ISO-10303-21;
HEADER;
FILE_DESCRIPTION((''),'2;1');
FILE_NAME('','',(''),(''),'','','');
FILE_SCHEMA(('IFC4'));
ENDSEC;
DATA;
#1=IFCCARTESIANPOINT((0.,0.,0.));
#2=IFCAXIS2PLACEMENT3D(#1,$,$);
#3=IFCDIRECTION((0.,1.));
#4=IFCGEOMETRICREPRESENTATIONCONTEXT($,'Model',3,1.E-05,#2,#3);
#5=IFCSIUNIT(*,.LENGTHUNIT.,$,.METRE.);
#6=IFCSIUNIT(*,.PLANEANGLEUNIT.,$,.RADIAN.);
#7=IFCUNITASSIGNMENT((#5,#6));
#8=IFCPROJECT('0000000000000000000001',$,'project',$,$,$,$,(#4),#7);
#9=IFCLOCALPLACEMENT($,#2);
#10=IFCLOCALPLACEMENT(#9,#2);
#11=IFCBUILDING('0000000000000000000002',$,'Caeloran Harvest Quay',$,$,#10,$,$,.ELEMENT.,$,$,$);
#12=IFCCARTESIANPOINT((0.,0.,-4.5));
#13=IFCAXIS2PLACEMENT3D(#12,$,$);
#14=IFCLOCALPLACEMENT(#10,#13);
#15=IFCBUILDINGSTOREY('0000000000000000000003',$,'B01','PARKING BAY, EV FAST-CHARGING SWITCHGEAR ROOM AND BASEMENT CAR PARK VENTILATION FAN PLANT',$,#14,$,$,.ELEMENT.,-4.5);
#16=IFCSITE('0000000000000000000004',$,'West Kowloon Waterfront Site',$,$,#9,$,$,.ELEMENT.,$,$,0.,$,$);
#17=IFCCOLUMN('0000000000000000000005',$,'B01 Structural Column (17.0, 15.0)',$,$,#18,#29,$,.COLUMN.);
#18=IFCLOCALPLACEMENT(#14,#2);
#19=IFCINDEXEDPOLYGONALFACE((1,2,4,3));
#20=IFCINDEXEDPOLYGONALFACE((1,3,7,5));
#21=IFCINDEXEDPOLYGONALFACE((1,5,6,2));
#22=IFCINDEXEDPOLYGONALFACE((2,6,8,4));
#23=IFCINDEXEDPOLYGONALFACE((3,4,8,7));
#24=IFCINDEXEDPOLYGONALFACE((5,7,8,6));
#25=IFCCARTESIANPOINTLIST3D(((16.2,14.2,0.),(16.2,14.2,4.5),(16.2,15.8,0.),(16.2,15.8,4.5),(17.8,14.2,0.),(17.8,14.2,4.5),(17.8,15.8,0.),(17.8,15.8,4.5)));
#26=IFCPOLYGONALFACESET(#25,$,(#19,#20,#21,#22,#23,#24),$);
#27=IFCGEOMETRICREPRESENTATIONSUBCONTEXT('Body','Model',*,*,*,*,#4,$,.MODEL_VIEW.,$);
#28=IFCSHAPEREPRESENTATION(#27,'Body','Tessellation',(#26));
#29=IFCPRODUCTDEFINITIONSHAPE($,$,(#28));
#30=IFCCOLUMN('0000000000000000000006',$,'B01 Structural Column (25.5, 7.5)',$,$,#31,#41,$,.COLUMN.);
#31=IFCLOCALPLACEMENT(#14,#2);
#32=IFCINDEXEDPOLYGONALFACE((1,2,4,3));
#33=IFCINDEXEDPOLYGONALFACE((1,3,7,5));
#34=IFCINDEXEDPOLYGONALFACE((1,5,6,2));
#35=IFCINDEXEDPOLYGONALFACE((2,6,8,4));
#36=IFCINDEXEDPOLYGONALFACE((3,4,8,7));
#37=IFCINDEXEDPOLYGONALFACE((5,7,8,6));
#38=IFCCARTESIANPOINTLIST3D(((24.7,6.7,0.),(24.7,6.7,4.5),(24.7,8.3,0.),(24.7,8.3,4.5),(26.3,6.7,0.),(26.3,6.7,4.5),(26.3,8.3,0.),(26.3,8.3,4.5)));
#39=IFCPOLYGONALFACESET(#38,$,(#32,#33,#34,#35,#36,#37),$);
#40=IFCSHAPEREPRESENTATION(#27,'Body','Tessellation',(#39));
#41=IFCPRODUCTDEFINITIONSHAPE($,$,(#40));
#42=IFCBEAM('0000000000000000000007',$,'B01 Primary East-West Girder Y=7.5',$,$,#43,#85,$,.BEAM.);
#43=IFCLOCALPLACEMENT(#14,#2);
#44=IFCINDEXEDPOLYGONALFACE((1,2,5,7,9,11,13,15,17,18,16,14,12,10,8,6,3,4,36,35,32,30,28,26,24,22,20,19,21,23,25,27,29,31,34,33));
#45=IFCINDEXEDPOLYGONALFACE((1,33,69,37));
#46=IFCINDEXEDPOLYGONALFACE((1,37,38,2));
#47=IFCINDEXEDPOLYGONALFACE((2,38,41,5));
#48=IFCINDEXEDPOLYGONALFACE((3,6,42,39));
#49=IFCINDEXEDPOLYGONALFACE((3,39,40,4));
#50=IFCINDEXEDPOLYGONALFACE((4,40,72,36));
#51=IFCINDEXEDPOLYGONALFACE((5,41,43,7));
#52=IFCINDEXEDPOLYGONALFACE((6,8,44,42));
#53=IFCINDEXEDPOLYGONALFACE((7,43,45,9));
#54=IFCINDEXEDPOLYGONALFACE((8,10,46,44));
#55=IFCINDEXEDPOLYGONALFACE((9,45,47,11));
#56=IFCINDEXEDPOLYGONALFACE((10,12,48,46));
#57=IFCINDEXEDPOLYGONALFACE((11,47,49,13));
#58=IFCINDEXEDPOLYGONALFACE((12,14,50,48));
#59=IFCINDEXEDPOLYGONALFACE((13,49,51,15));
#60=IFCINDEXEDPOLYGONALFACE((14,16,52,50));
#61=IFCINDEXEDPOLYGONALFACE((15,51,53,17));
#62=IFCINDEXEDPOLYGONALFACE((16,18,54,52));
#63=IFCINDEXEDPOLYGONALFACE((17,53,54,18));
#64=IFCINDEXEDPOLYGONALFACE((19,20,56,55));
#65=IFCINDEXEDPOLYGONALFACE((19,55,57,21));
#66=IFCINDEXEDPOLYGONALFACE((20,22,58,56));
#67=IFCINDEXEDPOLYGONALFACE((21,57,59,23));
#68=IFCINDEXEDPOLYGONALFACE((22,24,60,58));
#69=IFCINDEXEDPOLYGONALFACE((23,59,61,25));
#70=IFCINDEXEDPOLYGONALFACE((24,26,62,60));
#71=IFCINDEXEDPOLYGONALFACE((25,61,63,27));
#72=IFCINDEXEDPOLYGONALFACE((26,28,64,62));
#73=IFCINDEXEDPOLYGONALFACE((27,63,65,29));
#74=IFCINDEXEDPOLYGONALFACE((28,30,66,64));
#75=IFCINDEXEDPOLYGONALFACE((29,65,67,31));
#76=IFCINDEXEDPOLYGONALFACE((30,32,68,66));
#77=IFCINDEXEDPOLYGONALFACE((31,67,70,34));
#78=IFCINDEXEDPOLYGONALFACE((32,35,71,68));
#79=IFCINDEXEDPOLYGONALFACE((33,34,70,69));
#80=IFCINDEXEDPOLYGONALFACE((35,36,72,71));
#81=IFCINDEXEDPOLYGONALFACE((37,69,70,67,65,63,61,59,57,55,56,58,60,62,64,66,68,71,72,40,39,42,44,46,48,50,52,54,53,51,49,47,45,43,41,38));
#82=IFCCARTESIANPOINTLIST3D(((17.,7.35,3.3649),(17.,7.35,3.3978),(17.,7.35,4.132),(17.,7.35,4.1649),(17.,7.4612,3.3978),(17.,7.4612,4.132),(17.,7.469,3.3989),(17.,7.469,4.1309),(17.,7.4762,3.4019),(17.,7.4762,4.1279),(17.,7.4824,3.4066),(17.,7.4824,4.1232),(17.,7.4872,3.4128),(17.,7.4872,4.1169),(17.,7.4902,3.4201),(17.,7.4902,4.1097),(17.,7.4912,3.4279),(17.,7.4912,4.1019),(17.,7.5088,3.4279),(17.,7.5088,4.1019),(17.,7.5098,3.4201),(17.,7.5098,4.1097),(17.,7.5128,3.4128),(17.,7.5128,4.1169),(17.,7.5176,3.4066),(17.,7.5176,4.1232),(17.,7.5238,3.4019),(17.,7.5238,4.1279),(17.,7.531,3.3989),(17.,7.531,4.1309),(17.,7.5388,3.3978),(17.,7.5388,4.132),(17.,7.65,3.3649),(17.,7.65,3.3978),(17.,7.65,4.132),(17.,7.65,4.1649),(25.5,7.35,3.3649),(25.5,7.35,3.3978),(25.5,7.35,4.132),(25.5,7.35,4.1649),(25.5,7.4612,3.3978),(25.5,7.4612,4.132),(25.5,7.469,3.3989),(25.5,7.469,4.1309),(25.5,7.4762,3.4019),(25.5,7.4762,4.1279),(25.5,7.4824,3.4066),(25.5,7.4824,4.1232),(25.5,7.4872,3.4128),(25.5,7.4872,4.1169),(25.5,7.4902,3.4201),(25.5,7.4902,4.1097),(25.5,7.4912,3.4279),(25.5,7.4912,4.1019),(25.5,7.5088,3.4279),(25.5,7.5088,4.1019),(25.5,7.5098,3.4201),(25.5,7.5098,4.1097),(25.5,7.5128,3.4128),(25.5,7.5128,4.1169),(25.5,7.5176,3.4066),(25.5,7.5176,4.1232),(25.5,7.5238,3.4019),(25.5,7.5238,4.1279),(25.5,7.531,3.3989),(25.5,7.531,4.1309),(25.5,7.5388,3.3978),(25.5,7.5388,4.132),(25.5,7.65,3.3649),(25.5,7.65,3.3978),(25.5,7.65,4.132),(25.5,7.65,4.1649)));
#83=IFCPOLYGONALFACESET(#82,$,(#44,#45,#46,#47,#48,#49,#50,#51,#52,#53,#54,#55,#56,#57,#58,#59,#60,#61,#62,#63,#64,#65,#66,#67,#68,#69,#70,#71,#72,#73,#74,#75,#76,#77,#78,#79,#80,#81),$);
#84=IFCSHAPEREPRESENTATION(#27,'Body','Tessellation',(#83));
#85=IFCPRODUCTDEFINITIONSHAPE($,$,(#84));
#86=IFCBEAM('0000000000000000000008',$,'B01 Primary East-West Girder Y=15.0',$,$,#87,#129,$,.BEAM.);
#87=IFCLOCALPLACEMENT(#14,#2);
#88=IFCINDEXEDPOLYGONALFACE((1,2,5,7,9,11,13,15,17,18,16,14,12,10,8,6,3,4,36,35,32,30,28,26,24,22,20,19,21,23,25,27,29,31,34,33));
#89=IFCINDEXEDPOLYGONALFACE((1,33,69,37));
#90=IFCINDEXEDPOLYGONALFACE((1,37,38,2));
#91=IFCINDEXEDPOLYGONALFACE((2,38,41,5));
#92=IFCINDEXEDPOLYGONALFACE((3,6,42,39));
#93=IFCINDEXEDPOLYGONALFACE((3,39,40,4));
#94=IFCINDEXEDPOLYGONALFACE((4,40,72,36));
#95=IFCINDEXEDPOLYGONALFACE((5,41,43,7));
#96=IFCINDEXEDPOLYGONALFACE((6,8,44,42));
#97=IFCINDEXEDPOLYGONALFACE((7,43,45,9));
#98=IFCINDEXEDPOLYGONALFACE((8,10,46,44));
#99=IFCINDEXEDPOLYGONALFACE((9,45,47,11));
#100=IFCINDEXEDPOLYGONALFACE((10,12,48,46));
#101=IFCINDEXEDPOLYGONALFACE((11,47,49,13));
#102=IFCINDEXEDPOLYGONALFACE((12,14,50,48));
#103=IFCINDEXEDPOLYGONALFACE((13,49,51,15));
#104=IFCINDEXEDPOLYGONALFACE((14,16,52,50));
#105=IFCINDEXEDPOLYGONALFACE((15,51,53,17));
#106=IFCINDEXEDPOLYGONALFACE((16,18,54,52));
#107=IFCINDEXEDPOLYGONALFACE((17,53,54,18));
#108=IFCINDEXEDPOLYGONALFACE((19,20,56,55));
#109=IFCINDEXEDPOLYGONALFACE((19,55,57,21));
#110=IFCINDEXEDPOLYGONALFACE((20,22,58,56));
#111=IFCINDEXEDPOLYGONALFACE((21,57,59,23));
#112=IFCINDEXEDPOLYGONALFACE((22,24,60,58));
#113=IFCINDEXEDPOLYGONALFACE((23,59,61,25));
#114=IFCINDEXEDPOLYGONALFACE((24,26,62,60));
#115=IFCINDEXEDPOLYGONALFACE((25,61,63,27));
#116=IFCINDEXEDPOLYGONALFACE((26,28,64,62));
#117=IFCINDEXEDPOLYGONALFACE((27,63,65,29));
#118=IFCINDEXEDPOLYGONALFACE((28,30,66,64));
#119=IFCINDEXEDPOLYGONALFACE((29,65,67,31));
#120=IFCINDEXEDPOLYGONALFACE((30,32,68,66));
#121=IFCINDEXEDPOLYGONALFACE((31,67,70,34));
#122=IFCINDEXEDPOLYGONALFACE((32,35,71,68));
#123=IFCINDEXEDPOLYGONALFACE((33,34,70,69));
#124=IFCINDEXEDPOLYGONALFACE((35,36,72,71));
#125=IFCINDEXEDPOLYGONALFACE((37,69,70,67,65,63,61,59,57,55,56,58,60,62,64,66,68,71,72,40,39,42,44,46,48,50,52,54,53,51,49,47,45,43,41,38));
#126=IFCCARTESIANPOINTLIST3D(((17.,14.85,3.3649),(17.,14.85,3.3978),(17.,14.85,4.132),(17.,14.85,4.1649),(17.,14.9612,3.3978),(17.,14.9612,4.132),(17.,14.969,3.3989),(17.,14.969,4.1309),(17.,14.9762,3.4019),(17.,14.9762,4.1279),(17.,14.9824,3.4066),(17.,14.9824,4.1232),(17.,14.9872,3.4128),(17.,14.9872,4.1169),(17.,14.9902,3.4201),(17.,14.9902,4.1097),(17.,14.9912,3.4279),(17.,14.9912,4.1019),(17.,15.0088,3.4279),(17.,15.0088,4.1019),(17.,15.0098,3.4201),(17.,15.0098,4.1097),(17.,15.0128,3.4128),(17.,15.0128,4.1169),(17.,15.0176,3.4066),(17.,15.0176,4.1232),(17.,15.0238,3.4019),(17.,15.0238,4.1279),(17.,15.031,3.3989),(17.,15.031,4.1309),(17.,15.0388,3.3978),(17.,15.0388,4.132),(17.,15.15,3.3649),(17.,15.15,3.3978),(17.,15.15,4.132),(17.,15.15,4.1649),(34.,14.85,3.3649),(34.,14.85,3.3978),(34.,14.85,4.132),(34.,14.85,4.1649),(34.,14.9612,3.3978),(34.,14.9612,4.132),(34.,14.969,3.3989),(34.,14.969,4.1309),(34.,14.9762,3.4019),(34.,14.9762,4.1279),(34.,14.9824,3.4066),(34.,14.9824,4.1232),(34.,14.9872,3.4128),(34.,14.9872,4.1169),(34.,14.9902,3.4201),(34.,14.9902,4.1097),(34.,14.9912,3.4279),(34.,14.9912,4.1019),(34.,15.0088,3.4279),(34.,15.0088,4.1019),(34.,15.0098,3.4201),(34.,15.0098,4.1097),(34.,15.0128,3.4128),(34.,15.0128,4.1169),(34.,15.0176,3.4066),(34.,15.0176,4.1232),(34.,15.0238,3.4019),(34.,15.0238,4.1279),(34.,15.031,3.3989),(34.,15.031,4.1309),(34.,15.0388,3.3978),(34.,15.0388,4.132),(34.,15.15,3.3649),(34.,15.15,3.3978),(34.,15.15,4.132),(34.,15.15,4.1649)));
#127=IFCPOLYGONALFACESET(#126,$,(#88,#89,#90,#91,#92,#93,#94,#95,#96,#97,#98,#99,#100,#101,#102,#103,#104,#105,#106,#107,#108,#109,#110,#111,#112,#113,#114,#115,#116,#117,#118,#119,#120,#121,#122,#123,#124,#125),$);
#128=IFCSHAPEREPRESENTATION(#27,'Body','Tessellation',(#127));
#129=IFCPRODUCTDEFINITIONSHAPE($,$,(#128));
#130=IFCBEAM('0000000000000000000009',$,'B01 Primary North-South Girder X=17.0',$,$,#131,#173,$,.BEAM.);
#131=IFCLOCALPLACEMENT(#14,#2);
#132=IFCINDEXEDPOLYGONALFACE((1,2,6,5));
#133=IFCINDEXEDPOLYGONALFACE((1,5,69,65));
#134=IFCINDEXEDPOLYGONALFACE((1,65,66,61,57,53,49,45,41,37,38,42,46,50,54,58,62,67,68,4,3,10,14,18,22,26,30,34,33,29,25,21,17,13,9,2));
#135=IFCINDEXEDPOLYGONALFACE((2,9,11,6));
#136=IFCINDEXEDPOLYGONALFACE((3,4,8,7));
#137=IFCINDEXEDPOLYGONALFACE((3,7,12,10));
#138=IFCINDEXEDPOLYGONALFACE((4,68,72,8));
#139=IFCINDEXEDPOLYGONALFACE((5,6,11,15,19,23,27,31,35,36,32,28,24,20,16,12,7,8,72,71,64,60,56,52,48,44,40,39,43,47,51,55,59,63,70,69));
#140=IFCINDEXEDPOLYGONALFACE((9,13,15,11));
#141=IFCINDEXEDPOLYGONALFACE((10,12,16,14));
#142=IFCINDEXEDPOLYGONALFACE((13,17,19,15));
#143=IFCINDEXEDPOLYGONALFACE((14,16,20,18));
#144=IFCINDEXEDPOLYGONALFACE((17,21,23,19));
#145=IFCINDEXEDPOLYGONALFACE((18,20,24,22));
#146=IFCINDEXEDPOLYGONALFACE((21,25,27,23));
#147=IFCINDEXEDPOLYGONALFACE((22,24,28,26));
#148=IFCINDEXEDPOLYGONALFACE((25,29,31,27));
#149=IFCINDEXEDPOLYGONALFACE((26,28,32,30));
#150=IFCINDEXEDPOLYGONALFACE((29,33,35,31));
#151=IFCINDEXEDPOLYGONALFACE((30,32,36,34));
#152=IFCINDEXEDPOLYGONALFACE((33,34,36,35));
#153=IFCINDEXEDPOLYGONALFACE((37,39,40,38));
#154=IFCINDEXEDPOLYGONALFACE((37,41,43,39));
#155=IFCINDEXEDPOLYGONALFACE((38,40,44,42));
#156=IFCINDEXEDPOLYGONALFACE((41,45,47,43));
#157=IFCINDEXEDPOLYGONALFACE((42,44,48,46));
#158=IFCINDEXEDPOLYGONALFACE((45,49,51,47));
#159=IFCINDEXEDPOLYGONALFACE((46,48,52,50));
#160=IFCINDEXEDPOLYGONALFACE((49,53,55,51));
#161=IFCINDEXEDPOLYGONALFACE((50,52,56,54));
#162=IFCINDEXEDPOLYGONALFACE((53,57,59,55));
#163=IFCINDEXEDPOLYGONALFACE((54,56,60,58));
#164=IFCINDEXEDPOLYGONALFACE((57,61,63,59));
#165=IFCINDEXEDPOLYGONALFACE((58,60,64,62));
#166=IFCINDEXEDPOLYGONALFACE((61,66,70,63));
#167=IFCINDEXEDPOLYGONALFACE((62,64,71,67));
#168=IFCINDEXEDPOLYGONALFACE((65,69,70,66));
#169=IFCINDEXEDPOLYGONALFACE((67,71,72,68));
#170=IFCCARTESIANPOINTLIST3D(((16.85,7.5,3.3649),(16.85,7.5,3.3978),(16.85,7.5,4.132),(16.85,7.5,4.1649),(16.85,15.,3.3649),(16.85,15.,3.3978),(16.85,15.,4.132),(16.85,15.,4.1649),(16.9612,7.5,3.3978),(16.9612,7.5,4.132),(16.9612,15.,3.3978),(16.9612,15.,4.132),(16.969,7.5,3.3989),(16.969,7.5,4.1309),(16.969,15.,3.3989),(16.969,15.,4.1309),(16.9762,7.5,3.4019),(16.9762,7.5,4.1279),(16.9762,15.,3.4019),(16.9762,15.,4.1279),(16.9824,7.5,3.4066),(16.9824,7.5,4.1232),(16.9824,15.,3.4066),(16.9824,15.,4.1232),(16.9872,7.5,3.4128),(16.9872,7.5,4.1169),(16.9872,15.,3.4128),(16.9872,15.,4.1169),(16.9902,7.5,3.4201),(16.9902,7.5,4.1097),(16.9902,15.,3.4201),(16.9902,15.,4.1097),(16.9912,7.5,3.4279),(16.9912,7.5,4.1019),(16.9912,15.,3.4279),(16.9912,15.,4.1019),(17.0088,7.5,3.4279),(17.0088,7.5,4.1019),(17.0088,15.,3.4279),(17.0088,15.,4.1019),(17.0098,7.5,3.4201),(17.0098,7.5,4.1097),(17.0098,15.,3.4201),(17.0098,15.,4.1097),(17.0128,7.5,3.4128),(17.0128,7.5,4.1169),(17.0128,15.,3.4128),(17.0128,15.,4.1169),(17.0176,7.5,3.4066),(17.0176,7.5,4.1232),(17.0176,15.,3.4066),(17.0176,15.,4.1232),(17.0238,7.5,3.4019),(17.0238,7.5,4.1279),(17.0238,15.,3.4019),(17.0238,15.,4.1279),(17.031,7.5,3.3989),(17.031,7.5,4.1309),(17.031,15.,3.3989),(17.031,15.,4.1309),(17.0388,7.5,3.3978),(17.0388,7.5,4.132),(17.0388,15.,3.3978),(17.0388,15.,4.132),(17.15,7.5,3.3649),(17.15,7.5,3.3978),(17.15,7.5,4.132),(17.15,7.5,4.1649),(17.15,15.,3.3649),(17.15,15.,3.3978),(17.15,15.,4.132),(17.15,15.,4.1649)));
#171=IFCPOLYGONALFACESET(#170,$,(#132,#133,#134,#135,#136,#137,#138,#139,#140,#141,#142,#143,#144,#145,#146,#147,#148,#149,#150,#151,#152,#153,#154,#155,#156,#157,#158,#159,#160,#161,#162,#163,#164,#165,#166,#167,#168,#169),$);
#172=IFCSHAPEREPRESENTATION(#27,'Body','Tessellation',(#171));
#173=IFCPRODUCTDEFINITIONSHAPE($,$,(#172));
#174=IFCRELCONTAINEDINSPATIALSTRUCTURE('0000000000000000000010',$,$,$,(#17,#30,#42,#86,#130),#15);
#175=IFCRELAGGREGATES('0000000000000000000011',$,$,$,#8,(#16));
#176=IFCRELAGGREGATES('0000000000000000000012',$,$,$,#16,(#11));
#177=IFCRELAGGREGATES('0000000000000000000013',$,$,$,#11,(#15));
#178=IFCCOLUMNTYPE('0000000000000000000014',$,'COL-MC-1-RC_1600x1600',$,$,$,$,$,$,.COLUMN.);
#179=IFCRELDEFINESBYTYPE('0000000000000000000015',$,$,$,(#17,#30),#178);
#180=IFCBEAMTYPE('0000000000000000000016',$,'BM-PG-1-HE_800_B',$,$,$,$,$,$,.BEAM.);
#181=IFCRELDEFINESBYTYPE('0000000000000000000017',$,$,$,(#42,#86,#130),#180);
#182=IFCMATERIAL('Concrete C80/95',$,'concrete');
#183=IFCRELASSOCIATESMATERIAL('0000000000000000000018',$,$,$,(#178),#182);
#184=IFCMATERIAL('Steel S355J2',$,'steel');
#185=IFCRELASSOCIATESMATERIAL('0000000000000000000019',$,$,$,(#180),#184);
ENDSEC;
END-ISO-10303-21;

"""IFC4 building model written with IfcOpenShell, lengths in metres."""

from ifc_helpers import new_model, si_unit, direction, frame, origin, origin_2d, place, context, subcontext, project, spatial, rectangle, i_section, extrude, material, material_profile, profile_set, type_object, element, save


model = new_model("IFC4")

# Units and contexts
model_context = context("Model", 3, precision=1e-05, world=origin(), true_north=direction((0.0, 1.0)))
body_context = subcontext(model_context, "Body", "Model", "MODEL_VIEW")
ifc_project = project(units=[si_unit("LENGTHUNIT", "METRE"), si_unit("PLANEANGLEUNIT", "RADIAN")], contexts=[model_context])

# Site, building, storey
site_placement = place(None, origin())
site = spatial("IfcSite", under=ifc_project, at=site_placement, Name="West Kowloon Waterfront Site", CompositionType="ELEMENT", RefElevation=0.0)
building_placement = place(site_placement, origin())
building = spatial("IfcBuilding", under=site, at=building_placement, Name="Caeloran Harvest Quay", CompositionType="ELEMENT")
storey_placement = place(building_placement, frame((0.0, 0.0, -4.5)))
storey = spatial("IfcBuildingStorey", under=building, at=storey_placement, Name="B01", Description="PARKING BAY, EV FAST-CHARGING SWITCHGEAR ROOM AND BASEMENT CAR PARK VENTILATION FAN PLANT", CompositionType="ELEMENT", Elevation=-4.5)

# Columns
ifc_material_1 = material(Name="Concrete C80/95", Category="concrete")
ifc_material_profile_1 = material_profile(ifc_material_1, rectangle(XDim=1.6001, YDim=1.6001, at=origin_2d()), Name="RC 1600x1600")
ifc_profile_set_1 = profile_set([ifc_material_profile_1], Name="Concrete C80/95")
column_type = type_object("IfcColumnType", Name="COL-MC-1-RC_1600x1600", PredefinedType="COLUMN", material=ifc_profile_set_1)
for number, where, z_axis, x_axis, name in (
    (1, (17.0, 15.0, 0.0), (0.0, 0.0, 1.0), (1.0, 0.0, 0.0), "B01 Structural Column (17.0, 15.0)"),
    (2, (25.5, 7.5, 0.0), (0.0, 0.0, 1.0), (1.0, 0.0, 0.0), "B01 Structural Column (25.5, 7.5)"),
):
    element("IfcColumn", number, at=place(storey_placement, frame(where, z_axis=z_axis, x_axis=x_axis)), inside=storey, type_object=column_type, Name=name, PredefinedType="COLUMN", context=body_context, shape_type="SweptSolid", body=[
        extrude(rectangle(XDim=1.6001, YDim=1.6001, at=origin_2d()), origin(), (0.0, 0.0, 1.0), 4.5),
    ])

# Beams
ifc_material_2 = material(Name="Steel S355J2", Category="steel")
ifc_material_profile_2 = material_profile(ifc_material_2, i_section(OverallWidth=0.3, OverallDepth=0.8, WebThickness=0.0176, FlangeThickness=0.033, FilletRadius=0.03, at=origin_2d()), Name="HE 800 B")
ifc_profile_set_2 = profile_set([ifc_material_profile_2], Name="Steel S355J2")
beam_type_1 = type_object("IfcBeamType", Name="BM-PG-1-HE_800_B", PredefinedType="BEAM", material=ifc_profile_set_2)
beam_1_placement = place(storey_placement, frame((17.0, 7.5, 3.7649), z_axis=(1.0, 0.0, 0.0), x_axis=(0.0, 1.0, 0.0)))
element("IfcBeam", 3, at=beam_1_placement, inside=storey, type_object=beam_type_1, Name="B01 Primary East-West Girder Y=7.5", PredefinedType="BEAM", context=body_context, shape_type="SweptSolid", body=[
    extrude(i_section(OverallWidth=0.3, OverallDepth=0.8, WebThickness=0.0176, FlangeThickness=0.033, FilletRadius=0.03, at=origin_2d()), origin(), (0.0, 0.0, 1.0), 8.5),
])
beam_2_placement = place(storey_placement, frame((17.0, 15.0, 3.7649), z_axis=(1.0, 0.0, 0.0), x_axis=(0.0, 1.0, 0.0)))
element("IfcBeam", 4, at=beam_2_placement, inside=storey, type_object=beam_type_1, Name="B01 Primary East-West Girder Y=15.0", PredefinedType="BEAM", context=body_context, shape_type="SweptSolid", body=[
    extrude(i_section(OverallWidth=0.3, OverallDepth=0.8, WebThickness=0.0176, FlangeThickness=0.033, FilletRadius=0.03, at=origin_2d()), origin(), (0.0, 0.0, 1.0), 17.0),
])
beam_3_placement = place(storey_placement, frame((17.0, 7.5, 3.7649), z_axis=(0.0, 1.0, 0.0), x_axis=(-1.0, 0.0, 0.0)))
element("IfcBeam", 5, at=beam_3_placement, inside=storey, type_object=beam_type_1, Name="B01 Primary North-South Girder X=17.0", PredefinedType="BEAM", context=body_context, shape_type="SweptSolid", body=[
    extrude(i_section(OverallWidth=0.3, OverallDepth=0.8, WebThickness=0.0176, FlangeThickness=0.033, FilletRadius=0.03, at=origin_2d()), origin(), (0.0, 0.0, 1.0), 7.5),
])

save(model, "model.ifc")
